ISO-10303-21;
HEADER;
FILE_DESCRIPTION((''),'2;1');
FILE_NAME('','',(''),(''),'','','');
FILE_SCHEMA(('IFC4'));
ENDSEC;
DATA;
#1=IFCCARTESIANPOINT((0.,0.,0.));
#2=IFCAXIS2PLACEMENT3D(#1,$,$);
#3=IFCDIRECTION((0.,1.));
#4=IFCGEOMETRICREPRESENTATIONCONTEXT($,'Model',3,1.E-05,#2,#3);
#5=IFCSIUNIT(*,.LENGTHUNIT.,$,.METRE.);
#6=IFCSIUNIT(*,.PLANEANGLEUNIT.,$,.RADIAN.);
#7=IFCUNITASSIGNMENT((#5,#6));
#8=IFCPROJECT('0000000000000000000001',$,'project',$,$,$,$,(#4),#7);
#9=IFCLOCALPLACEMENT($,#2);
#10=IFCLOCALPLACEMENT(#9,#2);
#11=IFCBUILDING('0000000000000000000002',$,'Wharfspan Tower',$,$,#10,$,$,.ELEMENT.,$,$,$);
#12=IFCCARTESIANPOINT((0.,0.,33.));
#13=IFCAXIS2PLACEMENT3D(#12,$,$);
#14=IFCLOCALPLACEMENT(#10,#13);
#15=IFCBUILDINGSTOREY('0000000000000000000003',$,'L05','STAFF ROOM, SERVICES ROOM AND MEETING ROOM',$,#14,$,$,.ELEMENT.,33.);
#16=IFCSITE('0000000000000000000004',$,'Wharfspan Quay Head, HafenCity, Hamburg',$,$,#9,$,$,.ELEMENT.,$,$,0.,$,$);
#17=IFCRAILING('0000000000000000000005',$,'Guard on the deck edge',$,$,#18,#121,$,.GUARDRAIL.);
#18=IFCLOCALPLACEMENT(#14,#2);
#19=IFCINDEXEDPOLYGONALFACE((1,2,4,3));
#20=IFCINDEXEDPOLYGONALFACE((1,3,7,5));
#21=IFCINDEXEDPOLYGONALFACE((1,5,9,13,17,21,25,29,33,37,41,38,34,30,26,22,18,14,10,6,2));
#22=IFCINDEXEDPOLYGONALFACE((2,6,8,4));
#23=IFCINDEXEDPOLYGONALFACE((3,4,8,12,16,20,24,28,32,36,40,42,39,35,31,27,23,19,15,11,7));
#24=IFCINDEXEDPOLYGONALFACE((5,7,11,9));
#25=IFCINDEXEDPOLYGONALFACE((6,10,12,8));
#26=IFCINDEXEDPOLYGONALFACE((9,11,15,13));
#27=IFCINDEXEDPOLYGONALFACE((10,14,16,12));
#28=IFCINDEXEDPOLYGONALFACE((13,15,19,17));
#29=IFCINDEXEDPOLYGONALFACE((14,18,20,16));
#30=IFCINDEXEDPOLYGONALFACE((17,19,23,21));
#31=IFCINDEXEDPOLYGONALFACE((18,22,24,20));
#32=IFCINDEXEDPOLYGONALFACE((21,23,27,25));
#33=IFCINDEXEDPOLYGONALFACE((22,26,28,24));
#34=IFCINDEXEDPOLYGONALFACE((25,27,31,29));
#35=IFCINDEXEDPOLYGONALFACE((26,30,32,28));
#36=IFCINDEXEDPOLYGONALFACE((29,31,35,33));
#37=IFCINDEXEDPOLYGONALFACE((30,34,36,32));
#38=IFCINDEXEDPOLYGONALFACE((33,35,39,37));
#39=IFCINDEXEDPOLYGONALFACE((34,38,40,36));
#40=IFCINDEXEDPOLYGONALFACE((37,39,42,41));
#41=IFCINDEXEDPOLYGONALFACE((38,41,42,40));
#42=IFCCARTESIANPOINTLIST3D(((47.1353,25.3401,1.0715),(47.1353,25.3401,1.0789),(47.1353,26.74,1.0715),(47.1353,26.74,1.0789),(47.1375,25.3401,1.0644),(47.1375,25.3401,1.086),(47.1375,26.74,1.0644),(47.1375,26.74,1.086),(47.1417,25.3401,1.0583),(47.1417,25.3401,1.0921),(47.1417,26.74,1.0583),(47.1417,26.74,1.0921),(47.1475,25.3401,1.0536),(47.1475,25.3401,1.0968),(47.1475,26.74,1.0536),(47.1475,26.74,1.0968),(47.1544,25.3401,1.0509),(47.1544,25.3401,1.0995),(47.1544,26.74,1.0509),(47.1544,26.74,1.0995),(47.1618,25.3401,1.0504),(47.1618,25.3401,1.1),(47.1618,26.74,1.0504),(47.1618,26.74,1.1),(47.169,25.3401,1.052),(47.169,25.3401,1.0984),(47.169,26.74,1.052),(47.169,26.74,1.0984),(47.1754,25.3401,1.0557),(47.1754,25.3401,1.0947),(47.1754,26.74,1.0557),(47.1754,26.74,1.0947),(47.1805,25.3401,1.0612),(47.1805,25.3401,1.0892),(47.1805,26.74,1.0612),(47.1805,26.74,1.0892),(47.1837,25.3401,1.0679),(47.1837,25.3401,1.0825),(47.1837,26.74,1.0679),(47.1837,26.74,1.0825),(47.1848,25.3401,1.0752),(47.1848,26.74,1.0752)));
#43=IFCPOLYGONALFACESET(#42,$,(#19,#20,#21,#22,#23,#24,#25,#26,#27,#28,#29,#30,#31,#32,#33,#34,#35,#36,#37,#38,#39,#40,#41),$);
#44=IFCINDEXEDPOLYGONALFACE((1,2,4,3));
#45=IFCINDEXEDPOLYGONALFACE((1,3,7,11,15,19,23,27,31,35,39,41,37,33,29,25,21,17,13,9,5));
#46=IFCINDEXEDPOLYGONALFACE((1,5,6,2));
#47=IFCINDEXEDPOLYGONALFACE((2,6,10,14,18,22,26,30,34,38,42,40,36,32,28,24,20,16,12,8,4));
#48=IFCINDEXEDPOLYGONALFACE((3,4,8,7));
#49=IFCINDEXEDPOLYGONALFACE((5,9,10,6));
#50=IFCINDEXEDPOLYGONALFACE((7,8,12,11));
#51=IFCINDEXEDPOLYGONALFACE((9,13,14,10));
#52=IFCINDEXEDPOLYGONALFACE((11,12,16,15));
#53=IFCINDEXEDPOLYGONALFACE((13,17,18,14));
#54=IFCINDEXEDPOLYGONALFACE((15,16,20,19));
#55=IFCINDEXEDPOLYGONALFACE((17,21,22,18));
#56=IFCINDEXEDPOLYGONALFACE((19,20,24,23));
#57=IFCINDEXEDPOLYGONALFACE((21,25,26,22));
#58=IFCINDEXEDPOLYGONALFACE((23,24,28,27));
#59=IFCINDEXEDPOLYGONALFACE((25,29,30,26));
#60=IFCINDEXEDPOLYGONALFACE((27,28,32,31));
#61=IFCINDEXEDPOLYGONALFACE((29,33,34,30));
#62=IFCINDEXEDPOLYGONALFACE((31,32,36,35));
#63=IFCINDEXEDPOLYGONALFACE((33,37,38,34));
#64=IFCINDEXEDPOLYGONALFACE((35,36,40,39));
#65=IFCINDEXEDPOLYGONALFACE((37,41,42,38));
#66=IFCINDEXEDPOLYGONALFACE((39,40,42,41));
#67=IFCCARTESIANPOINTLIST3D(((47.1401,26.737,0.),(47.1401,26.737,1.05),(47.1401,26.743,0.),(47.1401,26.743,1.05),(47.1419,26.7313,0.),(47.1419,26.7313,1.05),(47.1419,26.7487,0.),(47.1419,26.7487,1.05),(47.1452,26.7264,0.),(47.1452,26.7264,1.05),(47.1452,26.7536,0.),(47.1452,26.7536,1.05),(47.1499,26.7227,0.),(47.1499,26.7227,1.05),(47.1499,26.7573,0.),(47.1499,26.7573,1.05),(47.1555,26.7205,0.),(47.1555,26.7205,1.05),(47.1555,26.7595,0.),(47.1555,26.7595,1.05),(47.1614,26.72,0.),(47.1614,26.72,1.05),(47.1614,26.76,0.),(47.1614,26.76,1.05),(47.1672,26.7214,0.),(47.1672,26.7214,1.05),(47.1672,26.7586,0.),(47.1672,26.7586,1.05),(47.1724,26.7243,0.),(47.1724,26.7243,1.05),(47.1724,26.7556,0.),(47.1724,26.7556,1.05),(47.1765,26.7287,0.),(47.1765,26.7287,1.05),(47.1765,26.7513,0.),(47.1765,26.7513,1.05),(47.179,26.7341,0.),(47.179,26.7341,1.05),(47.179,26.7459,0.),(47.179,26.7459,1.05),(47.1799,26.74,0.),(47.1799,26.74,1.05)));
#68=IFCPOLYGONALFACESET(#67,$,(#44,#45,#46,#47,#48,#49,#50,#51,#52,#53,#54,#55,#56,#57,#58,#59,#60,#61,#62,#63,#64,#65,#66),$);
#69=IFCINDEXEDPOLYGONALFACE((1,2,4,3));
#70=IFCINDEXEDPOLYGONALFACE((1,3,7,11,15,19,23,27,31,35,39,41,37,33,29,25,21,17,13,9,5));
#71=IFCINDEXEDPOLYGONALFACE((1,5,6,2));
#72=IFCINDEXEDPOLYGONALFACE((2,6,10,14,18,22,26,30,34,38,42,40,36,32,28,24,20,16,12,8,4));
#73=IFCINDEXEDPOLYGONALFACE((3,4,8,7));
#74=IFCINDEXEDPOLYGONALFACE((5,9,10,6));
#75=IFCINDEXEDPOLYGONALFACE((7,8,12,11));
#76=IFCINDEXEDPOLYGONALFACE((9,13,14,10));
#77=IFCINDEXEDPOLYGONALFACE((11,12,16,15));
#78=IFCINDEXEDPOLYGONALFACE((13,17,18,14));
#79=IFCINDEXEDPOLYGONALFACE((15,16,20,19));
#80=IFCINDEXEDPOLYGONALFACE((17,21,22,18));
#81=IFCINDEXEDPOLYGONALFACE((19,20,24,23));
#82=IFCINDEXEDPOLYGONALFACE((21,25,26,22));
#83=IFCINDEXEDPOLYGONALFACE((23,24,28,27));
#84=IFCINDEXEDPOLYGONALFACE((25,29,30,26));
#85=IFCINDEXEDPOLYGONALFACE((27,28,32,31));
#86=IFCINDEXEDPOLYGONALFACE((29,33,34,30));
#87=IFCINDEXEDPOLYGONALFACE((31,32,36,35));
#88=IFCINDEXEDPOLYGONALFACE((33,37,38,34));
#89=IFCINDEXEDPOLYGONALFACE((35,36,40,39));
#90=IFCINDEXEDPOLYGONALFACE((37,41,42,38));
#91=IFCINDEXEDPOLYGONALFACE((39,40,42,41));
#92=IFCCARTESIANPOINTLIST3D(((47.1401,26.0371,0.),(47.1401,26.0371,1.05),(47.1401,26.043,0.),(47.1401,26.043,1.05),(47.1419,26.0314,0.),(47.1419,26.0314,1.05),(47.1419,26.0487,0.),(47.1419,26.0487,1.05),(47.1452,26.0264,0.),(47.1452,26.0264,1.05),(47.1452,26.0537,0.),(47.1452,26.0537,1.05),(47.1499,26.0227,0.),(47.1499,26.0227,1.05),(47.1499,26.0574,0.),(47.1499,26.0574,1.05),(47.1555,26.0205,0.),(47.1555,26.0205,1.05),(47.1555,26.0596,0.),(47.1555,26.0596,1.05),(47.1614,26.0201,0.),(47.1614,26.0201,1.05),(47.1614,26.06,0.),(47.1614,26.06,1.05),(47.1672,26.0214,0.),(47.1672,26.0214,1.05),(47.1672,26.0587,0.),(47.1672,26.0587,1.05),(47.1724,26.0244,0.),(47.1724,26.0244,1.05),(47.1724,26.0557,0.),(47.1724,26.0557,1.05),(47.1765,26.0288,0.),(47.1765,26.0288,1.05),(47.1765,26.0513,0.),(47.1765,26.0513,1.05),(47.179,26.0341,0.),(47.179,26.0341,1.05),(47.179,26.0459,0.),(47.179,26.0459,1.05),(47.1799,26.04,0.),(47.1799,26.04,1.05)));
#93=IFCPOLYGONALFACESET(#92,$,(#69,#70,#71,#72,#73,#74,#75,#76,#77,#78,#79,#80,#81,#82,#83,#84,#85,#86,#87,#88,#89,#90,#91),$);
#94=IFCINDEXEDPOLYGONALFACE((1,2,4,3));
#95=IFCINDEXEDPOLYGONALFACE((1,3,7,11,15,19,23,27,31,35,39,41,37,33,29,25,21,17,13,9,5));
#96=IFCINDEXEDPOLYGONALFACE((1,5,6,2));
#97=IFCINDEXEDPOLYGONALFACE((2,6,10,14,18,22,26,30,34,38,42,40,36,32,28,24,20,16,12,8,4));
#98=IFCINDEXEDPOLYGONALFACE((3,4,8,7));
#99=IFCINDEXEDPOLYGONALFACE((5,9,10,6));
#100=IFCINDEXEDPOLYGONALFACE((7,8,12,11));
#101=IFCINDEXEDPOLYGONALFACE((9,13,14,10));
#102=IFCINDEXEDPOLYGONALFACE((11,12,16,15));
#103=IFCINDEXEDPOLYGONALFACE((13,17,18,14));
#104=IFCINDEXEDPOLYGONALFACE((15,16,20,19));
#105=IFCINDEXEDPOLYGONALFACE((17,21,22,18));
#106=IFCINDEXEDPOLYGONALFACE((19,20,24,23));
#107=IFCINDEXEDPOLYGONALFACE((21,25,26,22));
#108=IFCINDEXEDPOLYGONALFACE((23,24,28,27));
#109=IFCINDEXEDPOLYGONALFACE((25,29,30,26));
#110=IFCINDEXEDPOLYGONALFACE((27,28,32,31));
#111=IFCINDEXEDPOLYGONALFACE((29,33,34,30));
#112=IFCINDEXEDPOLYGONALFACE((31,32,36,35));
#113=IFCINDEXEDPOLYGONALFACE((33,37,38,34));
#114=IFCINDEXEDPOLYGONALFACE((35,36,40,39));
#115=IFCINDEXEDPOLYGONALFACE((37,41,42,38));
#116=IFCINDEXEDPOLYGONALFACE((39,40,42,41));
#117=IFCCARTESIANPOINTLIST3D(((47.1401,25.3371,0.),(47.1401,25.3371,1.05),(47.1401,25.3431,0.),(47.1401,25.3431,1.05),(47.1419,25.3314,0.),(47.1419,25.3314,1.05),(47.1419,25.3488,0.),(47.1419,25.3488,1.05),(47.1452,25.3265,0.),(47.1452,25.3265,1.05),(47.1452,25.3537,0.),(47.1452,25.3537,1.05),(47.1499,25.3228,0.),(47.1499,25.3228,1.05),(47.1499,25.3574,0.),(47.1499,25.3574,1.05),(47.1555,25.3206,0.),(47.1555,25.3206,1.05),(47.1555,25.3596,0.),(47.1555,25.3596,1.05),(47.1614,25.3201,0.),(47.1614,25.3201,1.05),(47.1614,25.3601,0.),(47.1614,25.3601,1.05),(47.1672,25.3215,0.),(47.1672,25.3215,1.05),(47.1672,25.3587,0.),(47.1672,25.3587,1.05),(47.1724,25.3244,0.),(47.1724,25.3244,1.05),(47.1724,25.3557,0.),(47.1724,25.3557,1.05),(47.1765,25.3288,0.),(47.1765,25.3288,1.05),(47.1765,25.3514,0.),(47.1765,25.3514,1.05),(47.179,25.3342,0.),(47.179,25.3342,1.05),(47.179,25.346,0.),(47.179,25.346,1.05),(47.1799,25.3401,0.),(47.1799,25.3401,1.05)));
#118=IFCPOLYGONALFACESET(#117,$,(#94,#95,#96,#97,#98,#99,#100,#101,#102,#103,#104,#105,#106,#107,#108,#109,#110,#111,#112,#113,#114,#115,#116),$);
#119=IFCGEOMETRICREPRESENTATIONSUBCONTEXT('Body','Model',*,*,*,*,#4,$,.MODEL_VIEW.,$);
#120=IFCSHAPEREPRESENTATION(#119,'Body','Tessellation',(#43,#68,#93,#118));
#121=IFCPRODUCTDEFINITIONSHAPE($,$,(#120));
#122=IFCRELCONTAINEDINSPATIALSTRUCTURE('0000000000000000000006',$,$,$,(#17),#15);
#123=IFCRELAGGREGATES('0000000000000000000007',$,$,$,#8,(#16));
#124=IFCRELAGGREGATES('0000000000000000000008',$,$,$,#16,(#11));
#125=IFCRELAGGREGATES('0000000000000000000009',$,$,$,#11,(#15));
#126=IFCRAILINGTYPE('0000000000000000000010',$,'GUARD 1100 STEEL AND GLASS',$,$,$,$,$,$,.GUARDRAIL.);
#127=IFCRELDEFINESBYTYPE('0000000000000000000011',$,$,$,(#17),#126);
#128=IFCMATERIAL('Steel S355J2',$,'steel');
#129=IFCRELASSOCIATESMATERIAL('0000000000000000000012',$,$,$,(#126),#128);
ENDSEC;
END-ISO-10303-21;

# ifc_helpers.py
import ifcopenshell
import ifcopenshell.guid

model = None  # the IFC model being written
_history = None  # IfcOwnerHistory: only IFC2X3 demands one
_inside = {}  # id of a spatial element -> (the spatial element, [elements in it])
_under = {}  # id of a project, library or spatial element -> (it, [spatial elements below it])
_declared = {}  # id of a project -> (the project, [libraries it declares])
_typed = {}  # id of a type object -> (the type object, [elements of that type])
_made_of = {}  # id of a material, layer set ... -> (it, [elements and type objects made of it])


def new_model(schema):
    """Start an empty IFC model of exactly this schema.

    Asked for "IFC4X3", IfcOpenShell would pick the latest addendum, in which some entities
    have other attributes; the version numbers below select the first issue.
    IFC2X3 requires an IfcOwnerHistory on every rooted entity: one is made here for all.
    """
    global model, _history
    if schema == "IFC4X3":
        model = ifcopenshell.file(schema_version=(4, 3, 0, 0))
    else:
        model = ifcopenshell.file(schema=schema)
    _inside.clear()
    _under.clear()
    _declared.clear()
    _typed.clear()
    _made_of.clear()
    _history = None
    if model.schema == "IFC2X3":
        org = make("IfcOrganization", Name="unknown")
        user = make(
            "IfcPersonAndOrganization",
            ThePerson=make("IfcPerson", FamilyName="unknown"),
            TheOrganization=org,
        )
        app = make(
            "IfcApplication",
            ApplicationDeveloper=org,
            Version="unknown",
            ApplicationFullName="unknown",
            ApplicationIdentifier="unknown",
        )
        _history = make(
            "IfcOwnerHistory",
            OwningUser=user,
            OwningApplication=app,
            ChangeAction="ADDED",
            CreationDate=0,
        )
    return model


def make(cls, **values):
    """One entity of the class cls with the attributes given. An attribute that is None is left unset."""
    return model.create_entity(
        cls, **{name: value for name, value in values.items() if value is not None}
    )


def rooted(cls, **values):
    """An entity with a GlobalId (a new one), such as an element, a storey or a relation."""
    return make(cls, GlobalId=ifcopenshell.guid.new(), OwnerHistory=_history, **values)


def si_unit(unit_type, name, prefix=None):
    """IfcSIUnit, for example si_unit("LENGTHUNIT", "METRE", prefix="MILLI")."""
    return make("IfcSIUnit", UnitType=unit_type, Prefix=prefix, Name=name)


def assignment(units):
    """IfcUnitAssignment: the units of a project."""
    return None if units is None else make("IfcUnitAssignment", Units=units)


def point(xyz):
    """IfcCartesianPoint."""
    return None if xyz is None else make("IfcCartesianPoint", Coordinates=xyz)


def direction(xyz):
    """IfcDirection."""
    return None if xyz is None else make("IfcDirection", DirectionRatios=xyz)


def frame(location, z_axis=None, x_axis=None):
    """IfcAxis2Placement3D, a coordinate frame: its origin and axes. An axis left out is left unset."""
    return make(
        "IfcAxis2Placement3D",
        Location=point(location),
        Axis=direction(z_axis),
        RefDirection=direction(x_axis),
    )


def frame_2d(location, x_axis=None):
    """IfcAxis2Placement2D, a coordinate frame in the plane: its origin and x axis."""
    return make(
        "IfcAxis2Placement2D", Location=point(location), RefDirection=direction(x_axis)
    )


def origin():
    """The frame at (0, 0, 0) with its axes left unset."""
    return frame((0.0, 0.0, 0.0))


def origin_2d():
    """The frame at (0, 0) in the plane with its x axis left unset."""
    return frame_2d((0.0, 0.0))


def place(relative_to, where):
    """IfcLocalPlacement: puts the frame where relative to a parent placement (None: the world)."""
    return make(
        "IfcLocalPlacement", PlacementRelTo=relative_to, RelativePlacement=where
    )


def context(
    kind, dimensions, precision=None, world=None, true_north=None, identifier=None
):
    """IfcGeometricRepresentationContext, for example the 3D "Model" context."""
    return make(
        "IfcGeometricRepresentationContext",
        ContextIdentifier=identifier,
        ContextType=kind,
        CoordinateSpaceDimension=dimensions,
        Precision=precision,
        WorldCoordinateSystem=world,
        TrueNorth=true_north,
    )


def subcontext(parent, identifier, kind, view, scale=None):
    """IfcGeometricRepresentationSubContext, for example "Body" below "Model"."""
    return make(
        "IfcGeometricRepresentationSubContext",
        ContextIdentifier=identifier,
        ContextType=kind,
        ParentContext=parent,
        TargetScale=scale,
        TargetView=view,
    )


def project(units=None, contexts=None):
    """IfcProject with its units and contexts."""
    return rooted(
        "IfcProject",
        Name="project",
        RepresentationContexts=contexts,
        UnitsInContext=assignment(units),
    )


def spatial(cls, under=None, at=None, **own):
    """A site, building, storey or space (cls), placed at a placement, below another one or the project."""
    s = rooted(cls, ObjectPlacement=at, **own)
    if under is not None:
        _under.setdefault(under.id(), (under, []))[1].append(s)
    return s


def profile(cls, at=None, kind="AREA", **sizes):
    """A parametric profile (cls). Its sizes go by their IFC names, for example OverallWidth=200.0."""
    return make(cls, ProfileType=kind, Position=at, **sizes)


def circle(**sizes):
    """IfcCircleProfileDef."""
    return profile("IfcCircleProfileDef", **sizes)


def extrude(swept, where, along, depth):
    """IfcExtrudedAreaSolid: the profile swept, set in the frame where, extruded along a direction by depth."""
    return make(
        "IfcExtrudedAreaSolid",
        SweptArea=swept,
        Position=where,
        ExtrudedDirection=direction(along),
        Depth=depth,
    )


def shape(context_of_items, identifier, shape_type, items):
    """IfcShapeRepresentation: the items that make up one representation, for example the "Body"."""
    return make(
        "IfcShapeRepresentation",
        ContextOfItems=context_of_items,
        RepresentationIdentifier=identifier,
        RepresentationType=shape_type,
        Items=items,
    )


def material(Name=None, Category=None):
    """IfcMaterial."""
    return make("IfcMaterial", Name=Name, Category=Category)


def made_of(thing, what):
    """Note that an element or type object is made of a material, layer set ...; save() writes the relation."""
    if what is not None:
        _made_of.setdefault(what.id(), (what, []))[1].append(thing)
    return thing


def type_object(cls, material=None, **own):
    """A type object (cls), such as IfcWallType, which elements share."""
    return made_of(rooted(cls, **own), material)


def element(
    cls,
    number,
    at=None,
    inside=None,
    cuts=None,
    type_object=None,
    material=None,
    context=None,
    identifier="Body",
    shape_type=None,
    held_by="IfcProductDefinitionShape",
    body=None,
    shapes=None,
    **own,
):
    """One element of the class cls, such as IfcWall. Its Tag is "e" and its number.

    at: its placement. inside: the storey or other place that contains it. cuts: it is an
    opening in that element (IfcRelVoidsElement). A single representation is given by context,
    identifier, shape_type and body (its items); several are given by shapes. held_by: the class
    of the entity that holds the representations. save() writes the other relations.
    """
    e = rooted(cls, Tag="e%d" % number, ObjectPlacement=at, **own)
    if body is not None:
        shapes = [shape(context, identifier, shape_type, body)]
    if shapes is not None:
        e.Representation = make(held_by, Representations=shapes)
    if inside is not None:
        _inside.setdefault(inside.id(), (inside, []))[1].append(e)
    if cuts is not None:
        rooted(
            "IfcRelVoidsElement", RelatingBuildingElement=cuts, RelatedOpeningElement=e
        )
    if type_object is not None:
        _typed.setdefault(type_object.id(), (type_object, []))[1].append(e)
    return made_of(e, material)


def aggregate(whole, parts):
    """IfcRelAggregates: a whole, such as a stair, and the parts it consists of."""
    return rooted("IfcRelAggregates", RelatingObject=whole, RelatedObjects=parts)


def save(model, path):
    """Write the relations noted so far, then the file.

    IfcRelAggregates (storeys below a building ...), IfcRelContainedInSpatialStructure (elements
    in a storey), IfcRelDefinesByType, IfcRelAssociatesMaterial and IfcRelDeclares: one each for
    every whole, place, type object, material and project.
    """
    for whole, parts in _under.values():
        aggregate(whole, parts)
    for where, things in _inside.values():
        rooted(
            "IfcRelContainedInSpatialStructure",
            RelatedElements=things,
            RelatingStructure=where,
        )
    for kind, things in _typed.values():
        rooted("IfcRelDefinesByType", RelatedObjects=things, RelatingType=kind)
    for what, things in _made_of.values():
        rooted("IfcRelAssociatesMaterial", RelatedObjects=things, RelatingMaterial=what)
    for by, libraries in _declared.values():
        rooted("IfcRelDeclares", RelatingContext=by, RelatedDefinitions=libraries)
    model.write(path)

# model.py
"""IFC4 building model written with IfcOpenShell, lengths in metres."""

from ifc_helpers import new_model, si_unit, direction, frame, origin, origin_2d, place, context, subcontext, project, spatial, circle, extrude, material, type_object, element, save


model = new_model("IFC4")

# Units and contexts
model_context = context("Model", 3, precision=1e-05, world=origin(), true_north=direction((0.0, 1.0)))
body_context = subcontext(model_context, "Body", "Model", "MODEL_VIEW")
ifc_project = project(units=[si_unit("LENGTHUNIT", "METRE"), si_unit("PLANEANGLEUNIT", "RADIAN")], contexts=[model_context])

# Site, building, storey
site_placement = place(None, origin())
site = spatial("IfcSite", under=ifc_project, at=site_placement, Name="Wharfspan Quay Head, HafenCity, Hamburg", CompositionType="ELEMENT", RefElevation=0.0)
building_placement = place(site_placement, origin())
building = spatial("IfcBuilding", under=site, at=building_placement, Name="Wharfspan Tower", CompositionType="ELEMENT")
storey_placement = place(building_placement, frame((0.0, 0.0, 33.0)))
storey = spatial("IfcBuildingStorey", under=building, at=storey_placement, Name="L05", Description="STAFF ROOM, SERVICES ROOM AND MEETING ROOM", CompositionType="ELEMENT", Elevation=33.0)

# Railing
ifc_material_1 = material(Name="Steel S355J2", Category="steel")
railing_type = type_object("IfcRailingType", Name="GUARD 1100 STEEL AND GLASS", PredefinedType="GUARDRAIL", material=ifc_material_1)
railing_1_placement = place(storey_placement, frame((47.1599, 26.74, 0.0)))
element("IfcRailing", 1, at=railing_1_placement, inside=storey, type_object=railing_type, Name="Guard on the deck edge", PredefinedType="GUARDRAIL", context=body_context, shape_type="SweptSolid", body=[
    extrude(circle(Radius=0.0249, at=origin_2d()), frame((0.0, 0.0, 1.0752), z_axis=(0.0, -1.0, 0.0), x_axis=(1.0, 0.0, 0.0)), (0.0, 0.0, 1.0), 1.3999),
    extrude(circle(Radius=0.02, at=origin_2d()), origin(), (0.0, 0.0, 1.0), 1.05),
    extrude(circle(Radius=0.02, at=origin_2d()), frame((0.0, -0.7, 0.0)), (0.0, 0.0, 1.0), 1.05),
    extrude(circle(Radius=0.02, at=origin_2d()), frame((0.0, -1.3999, 0.0)), (0.0, 0.0, 1.0), 1.05),
])

save(model, "model.ifc")
